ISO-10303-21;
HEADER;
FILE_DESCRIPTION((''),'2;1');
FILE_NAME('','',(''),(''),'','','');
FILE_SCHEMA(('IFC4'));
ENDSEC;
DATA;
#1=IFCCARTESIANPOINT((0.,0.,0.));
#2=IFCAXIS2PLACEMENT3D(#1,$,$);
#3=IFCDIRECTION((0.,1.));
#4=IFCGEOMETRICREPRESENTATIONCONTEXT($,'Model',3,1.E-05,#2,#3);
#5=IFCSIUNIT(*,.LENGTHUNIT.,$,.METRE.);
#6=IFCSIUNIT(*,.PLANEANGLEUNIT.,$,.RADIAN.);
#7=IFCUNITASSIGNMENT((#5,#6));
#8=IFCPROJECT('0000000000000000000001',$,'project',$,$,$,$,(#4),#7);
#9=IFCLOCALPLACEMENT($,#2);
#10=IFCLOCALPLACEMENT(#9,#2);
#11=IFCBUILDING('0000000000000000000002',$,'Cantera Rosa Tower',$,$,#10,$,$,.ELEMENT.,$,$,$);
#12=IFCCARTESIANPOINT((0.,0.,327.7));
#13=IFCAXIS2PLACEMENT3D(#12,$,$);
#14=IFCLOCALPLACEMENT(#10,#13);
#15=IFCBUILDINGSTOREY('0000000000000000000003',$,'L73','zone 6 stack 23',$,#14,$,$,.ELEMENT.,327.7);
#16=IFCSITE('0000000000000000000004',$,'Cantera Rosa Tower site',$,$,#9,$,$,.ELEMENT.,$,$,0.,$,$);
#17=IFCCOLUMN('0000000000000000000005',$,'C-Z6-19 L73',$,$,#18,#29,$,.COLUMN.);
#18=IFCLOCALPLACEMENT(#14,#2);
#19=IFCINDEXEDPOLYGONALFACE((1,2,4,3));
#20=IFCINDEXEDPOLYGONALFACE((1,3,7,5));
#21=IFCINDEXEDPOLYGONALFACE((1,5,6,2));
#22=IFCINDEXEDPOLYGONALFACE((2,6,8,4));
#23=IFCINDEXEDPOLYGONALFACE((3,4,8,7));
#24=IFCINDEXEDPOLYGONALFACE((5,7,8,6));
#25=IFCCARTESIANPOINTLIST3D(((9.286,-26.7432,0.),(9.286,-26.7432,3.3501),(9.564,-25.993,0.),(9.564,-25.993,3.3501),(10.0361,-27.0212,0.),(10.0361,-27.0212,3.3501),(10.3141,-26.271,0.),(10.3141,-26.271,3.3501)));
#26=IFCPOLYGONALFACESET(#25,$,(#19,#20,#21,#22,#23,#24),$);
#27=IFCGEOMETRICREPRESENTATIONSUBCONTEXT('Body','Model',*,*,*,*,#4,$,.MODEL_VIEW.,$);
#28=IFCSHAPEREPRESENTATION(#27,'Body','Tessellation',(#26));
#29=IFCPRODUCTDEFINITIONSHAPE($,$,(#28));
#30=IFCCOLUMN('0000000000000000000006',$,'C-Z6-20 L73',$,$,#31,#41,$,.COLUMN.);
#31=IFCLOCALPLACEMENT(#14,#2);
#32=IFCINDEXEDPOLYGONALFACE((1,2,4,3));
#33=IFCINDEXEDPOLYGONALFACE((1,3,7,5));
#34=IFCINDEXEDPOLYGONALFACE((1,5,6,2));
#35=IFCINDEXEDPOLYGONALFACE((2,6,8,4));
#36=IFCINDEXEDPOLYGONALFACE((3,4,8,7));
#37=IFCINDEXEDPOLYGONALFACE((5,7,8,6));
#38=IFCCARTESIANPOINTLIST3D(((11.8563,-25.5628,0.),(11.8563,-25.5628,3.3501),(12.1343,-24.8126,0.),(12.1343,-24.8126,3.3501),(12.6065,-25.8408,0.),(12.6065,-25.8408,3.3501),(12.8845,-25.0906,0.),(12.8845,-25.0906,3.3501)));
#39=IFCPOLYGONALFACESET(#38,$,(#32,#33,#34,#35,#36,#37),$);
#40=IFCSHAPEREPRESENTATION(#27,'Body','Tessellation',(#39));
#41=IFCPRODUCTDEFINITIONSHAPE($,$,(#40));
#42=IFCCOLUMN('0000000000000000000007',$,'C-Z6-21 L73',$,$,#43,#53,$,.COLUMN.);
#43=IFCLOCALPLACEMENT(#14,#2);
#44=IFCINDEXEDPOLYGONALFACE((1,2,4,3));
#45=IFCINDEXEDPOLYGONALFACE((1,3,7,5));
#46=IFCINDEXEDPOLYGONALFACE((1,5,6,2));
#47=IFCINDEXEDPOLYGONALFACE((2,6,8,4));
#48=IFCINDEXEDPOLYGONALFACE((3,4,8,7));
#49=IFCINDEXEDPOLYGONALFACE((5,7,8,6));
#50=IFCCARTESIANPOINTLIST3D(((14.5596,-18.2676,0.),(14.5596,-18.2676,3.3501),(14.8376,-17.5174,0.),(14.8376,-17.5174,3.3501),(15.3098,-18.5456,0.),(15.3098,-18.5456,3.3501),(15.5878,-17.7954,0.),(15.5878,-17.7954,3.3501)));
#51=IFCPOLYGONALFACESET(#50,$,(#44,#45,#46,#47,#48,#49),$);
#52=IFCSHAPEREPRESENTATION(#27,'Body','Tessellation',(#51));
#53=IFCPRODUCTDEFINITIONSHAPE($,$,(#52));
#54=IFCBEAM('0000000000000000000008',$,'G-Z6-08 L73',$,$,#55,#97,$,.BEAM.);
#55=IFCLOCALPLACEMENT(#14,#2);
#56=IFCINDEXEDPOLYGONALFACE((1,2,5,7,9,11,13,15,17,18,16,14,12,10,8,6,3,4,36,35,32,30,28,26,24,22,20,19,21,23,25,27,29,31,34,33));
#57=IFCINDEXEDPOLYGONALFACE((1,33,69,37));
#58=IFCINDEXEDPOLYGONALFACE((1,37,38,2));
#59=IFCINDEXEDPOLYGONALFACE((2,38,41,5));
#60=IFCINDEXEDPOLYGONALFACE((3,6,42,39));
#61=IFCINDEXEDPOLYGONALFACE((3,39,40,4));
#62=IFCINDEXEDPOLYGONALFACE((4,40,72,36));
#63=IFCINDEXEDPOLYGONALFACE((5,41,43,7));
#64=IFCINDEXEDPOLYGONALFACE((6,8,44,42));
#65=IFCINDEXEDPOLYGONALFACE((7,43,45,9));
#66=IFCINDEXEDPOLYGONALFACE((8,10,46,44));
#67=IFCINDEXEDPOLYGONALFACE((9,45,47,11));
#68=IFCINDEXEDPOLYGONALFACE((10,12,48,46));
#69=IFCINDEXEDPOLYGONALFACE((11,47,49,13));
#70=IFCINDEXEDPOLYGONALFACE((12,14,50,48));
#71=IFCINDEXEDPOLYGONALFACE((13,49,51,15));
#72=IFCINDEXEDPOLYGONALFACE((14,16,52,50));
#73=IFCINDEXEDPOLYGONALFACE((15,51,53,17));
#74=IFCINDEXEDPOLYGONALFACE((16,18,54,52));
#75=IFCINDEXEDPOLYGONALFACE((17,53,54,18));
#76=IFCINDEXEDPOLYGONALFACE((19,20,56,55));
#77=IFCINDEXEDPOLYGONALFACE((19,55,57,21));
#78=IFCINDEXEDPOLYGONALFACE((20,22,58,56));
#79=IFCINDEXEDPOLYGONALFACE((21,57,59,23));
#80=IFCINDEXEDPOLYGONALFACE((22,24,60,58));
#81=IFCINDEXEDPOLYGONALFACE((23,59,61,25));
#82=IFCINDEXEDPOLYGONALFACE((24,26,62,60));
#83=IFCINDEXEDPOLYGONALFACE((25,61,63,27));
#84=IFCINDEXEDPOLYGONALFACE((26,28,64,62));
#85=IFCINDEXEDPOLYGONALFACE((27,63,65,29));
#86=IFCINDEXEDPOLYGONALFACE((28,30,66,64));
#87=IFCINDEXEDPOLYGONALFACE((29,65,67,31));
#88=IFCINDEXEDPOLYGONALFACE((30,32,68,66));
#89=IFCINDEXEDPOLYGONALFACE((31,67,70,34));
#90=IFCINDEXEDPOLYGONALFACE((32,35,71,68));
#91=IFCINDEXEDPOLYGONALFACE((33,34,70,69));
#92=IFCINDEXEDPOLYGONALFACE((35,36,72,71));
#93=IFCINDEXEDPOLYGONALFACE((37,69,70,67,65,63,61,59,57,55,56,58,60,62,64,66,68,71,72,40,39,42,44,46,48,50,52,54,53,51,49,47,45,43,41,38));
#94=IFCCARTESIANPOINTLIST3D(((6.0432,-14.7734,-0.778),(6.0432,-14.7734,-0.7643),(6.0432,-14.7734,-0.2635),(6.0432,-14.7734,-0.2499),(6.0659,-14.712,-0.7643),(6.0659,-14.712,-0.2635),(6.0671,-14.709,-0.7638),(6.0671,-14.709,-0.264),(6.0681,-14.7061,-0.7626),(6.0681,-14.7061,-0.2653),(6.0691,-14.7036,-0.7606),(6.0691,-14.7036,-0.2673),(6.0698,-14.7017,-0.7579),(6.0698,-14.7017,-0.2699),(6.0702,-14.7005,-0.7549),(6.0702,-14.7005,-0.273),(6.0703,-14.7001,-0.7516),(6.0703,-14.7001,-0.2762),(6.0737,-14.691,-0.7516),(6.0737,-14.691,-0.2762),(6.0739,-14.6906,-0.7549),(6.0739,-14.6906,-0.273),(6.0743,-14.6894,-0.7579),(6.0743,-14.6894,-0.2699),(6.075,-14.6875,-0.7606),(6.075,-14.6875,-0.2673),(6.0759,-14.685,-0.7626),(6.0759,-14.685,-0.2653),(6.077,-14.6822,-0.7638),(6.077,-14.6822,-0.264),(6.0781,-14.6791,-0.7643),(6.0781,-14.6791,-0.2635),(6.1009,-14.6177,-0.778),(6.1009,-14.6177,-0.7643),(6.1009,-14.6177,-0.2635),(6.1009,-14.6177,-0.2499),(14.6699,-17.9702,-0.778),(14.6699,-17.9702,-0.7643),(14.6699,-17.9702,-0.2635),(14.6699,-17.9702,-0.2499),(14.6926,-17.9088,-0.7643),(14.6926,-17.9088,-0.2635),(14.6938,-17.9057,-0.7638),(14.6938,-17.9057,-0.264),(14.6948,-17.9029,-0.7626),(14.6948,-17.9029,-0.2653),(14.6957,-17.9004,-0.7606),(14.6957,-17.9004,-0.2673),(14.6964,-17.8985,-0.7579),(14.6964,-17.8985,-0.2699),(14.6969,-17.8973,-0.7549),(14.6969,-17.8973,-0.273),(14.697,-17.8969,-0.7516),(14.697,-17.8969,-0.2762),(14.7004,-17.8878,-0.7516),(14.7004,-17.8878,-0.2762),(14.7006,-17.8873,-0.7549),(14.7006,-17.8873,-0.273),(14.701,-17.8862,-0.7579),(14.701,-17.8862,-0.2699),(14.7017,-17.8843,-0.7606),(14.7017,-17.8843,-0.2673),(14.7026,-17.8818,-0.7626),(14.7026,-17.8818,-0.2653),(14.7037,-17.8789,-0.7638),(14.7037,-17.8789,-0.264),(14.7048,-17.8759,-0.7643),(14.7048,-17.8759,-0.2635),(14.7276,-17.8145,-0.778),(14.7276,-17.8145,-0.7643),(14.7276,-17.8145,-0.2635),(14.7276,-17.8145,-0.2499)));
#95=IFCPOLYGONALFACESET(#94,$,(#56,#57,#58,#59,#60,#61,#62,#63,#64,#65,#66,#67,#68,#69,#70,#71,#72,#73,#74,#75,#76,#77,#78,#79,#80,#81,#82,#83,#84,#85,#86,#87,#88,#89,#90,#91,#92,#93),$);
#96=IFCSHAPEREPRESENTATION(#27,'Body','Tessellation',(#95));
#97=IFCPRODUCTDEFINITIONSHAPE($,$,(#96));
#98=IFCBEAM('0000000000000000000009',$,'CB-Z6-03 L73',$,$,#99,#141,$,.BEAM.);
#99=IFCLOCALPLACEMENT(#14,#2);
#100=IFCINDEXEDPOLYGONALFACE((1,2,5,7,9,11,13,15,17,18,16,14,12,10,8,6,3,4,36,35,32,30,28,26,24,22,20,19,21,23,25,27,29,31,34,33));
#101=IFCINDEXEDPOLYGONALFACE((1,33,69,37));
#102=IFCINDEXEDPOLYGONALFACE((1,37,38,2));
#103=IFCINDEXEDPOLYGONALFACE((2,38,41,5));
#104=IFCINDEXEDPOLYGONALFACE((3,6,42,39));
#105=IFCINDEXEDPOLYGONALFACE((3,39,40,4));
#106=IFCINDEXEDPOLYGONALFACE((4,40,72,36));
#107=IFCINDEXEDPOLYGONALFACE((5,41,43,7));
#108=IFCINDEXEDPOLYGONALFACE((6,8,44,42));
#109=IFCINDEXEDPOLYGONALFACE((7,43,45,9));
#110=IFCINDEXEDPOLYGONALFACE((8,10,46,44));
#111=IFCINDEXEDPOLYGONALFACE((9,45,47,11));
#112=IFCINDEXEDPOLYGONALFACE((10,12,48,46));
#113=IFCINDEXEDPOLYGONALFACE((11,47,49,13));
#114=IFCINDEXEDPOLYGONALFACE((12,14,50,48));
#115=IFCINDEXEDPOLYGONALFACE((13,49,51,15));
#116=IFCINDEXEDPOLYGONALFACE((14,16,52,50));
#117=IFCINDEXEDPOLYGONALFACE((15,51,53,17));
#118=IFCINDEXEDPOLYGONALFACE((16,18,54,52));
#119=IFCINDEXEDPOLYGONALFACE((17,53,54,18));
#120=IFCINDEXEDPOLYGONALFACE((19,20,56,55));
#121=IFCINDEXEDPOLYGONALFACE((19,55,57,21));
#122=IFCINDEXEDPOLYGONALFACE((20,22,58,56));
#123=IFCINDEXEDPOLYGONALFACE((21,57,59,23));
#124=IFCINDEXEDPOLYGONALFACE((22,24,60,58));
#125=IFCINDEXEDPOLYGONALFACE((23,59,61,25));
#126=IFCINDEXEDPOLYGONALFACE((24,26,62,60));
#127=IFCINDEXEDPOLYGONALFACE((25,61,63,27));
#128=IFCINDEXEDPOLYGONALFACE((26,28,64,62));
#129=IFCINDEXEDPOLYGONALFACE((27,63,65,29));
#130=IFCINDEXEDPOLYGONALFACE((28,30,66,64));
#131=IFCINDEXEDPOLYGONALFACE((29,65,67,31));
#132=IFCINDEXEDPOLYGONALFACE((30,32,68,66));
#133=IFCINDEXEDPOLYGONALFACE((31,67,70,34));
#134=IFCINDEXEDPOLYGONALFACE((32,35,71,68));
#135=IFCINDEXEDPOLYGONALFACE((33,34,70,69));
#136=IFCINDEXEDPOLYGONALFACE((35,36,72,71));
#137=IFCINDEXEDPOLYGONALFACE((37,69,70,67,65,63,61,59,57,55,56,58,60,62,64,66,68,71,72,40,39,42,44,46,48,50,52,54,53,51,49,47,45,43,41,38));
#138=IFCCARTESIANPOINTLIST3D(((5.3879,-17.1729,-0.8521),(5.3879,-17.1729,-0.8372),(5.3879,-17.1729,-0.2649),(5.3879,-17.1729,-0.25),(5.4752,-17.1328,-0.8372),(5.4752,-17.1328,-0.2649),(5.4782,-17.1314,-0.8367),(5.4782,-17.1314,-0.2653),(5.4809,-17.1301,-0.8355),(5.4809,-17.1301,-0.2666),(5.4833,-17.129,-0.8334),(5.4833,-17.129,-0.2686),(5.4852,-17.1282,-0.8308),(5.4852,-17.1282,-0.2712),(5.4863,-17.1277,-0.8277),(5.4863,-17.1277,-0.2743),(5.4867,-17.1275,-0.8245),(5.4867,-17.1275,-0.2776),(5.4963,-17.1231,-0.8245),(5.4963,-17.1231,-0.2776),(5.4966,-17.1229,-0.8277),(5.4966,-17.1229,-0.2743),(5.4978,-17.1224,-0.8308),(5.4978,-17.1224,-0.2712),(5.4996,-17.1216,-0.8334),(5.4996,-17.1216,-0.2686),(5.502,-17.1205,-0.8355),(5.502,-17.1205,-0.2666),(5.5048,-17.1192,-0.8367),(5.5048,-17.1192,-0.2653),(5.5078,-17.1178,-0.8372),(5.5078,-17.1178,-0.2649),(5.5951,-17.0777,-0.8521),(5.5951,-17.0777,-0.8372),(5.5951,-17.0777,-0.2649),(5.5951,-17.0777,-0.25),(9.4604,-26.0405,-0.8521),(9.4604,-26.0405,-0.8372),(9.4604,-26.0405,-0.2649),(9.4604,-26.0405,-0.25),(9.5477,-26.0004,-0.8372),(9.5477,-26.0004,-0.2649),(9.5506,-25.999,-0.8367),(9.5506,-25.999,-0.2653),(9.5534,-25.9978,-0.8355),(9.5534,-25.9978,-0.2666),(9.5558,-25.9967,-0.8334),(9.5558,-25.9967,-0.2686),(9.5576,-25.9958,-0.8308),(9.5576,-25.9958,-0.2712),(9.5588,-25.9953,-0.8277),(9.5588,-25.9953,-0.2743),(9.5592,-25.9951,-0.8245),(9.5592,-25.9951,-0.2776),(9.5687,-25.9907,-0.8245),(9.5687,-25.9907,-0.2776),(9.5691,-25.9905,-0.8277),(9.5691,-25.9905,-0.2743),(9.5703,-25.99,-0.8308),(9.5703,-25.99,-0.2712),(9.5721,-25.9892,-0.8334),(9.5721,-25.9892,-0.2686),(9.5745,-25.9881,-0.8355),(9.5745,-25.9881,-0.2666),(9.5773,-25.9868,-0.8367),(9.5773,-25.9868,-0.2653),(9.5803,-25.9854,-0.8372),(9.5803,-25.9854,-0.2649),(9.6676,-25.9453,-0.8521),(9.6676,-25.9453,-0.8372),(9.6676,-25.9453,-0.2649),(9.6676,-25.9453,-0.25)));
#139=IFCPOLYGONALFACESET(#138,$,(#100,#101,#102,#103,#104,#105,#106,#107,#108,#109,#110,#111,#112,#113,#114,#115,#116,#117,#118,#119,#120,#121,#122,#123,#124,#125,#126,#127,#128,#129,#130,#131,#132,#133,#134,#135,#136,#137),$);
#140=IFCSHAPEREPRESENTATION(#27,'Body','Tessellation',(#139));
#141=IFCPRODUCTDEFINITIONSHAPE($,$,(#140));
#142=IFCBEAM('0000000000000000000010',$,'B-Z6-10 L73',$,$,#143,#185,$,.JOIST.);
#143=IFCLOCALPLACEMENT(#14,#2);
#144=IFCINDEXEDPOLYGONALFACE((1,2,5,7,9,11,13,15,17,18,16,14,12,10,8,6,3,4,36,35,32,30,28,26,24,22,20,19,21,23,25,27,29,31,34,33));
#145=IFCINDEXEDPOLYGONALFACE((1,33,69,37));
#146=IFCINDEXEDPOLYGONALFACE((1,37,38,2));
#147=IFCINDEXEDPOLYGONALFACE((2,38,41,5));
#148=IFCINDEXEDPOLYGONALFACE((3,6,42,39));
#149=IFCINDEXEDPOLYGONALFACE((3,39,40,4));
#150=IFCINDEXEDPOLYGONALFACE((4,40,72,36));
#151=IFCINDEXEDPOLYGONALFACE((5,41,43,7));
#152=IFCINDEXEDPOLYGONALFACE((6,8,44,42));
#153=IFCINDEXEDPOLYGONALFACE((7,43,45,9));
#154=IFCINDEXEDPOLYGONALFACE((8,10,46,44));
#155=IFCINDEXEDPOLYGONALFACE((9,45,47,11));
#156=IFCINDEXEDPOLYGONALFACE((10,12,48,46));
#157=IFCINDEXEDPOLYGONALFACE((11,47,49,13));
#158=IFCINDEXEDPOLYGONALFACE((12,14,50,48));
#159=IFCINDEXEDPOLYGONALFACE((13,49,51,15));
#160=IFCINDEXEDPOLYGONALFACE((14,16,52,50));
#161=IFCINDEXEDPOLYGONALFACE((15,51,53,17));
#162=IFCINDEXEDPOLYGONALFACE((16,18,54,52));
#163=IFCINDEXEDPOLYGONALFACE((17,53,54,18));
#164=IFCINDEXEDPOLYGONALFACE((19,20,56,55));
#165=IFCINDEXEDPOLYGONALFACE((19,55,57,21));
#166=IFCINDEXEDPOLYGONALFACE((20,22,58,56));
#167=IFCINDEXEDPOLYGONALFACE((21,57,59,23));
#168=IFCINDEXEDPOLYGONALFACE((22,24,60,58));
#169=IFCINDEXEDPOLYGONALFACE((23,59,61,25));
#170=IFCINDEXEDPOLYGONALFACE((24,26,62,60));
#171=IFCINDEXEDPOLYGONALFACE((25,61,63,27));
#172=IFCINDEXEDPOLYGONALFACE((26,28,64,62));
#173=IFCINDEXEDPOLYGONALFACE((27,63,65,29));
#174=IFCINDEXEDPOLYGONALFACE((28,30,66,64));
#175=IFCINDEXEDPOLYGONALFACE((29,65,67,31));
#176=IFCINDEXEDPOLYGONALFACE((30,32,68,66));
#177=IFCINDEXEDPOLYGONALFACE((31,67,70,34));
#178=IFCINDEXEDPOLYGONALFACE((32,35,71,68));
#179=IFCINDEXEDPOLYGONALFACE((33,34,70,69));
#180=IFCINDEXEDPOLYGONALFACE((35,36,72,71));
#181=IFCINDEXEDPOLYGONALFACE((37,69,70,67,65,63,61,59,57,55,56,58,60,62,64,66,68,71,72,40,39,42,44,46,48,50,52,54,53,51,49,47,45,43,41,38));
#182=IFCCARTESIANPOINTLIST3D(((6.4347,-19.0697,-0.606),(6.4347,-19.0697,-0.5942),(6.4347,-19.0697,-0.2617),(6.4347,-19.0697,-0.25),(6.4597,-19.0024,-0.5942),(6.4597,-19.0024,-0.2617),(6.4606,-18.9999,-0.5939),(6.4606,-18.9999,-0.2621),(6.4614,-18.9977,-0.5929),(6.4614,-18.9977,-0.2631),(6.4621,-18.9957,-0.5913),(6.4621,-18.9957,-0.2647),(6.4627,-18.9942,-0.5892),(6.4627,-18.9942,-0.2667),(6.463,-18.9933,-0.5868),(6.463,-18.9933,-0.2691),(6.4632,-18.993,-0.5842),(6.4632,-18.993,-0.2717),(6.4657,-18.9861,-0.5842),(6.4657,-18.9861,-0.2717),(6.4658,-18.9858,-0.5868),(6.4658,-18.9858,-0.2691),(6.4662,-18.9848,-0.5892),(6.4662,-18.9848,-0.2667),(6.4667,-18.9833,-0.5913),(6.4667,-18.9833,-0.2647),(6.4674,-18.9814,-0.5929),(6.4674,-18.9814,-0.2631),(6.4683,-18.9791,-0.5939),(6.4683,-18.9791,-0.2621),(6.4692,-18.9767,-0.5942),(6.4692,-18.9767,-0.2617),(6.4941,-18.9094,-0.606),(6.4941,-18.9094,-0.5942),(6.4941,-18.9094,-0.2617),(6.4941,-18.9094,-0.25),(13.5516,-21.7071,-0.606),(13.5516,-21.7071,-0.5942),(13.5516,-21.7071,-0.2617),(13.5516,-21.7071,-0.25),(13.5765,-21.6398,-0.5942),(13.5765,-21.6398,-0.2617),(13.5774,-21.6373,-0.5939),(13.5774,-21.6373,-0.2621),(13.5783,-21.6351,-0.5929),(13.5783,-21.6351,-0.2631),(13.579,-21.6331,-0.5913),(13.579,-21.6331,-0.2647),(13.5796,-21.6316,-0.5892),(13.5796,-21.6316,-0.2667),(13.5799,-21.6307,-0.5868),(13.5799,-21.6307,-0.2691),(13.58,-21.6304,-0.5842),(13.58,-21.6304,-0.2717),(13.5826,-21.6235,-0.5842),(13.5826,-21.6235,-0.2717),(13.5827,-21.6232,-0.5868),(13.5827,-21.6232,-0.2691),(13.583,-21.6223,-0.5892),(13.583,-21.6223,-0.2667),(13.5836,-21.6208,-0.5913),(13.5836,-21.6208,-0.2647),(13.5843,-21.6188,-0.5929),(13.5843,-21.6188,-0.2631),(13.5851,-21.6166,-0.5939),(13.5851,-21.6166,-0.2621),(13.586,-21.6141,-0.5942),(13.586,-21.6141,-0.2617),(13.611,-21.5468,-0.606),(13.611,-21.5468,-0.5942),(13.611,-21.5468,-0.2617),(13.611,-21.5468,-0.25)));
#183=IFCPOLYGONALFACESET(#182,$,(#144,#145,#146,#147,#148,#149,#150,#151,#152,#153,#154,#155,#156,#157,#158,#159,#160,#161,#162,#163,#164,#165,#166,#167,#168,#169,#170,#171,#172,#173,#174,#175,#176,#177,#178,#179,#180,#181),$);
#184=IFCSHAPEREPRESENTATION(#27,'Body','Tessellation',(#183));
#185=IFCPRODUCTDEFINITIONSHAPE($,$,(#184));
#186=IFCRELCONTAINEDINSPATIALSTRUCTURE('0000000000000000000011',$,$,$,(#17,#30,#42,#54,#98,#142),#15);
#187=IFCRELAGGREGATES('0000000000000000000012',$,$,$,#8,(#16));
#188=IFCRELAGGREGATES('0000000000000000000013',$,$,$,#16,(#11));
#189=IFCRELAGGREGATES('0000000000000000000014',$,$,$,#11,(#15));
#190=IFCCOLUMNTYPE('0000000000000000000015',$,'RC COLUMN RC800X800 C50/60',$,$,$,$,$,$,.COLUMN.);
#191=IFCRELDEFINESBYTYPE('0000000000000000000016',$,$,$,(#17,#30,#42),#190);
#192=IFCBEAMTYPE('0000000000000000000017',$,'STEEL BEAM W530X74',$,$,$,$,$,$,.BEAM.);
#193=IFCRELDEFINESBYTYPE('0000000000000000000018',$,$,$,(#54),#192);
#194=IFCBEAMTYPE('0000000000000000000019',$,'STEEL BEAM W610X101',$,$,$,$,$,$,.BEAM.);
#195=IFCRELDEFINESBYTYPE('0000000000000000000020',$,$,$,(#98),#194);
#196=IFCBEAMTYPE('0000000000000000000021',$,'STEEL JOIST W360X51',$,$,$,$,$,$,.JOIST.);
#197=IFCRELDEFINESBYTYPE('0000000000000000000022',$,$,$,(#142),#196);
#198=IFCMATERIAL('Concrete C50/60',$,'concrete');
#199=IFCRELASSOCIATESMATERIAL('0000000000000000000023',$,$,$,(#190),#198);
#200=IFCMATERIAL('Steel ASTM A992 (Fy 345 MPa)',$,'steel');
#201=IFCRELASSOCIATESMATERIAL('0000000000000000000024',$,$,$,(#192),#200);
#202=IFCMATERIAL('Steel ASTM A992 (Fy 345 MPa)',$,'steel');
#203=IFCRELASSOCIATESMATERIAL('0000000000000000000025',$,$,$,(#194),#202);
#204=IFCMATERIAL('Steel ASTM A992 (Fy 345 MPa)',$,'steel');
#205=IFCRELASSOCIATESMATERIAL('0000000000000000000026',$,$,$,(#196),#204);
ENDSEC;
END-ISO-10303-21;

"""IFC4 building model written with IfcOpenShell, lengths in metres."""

from ifc_helpers import new_model, si_unit, direction, frame, origin, origin_2d, place, context, subcontext, project, spatial, rectangle, i_section, extrude, material, material_profile, profile_set, type_object, element, save


model = new_model("IFC4")

# Units and contexts
model_context = context("Model", 3, precision=1e-05, world=origin(), true_north=direction((0.0, 1.0)))
body_context = subcontext(model_context, "Body", "Model", "MODEL_VIEW")
ifc_project = project(units=[si_unit("LENGTHUNIT", "METRE"), si_unit("PLANEANGLEUNIT", "RADIAN")], contexts=[model_context])

# Site, building, storey
site_placement = place(None, origin())
site = spatial("IfcSite", under=ifc_project, at=site_placement, Name="Cantera Rosa Tower site", CompositionType="ELEMENT", RefElevation=0.0)
building_placement = place(site_placement, origin())
building = spatial("IfcBuilding", under=site, at=building_placement, Name="Cantera Rosa Tower", CompositionType="ELEMENT")
storey_placement = place(building_placement, frame((0.0, 0.0, 327.7)))
storey = spatial("IfcBuildingStorey", under=building, at=storey_placement, Name="L73", Description="zone 6 stack 23", CompositionType="ELEMENT", Elevation=327.7)

# Columns
ifc_material_1 = material(Name="Concrete C50/60", Category="concrete")
ifc_material_profile_1 = material_profile(ifc_material_1, rectangle(XDim=0.8, YDim=0.8, at=origin_2d()), Name="RC COLUMN RC800X800 C50/60")
ifc_profile_set_1 = profile_set([ifc_material_profile_1], Name="Concrete C50/60")
column_type = type_object("IfcColumnType", Name="RC COLUMN RC800X800 C50/60", PredefinedType="COLUMN", material=ifc_profile_set_1)
for number, where, z_axis, x_axis, name in (
    (1, (9.8, -26.5071, 0.0), (0.0, 0.0, 1.0), (0.347481, 0.937687, 0.0), "C-Z6-19 L73"),
    (2, (12.3704, -25.3267, 0.0), (0.0, 0.0, 1.0), (0.347481, 0.937687, 0.0), "C-Z6-20 L73"),
    (3, (15.0737, -18.0315, 0.0), (0.0, 0.0, 1.0), (0.347481, 0.937687, 0.0), "C-Z6-21 L73"),
):
    element("IfcColumn", number, at=place(storey_placement, frame(where, z_axis=z_axis, x_axis=x_axis)), inside=storey, type_object=column_type, Name=name, PredefinedType="COLUMN", context=body_context, shape_type="SweptSolid", body=[
        extrude(rectangle(XDim=0.8, YDim=0.8, at=origin_2d()), origin(), (0.0, 0.0, 1.0), 3.3501),
    ])

# Beams
ifc_material_2 = material(Name="Steel ASTM A992 (Fy 345 MPa)", Category="steel")
ifc_material_profile_2 = material_profile(ifc_material_2, i_section(OverallWidth=0.166, OverallDepth=0.5281, WebThickness=0.0098, FlangeThickness=0.0137, FilletRadius=0.0127, at=origin_2d()), Name="W530X74")
ifc_profile_set_2 = profile_set([ifc_material_profile_2], Name="Steel ASTM A992 (Fy 345 MPa)")
beam_type_1 = type_object("IfcBeamType", Name="STEEL BEAM W530X74", PredefinedType="BEAM", material=ifc_profile_set_2)
beam_1_placement = place(storey_placement, frame((14.6987, -17.8923, -0.5139), z_axis=(-0.937689, 0.347477, 0.0), x_axis=(-0.347477, -0.937689, 0.0)))
element("IfcBeam", 4, at=beam_1_placement, inside=storey, type_object=beam_type_1, Name="G-Z6-08 L73", PredefinedType="BEAM", context=body_context, shape_type="SweptSolid", body=[
    extrude(i_section(OverallWidth=0.166, OverallDepth=0.5281, WebThickness=0.0098, FlangeThickness=0.0137, FilletRadius=0.0127, at=origin_2d()), origin(), (0.0, 0.0, 1.0), 9.2),
])
ifc_material_3 = material(Name="Steel ASTM A992 (Fy 345 MPa)", Category="steel")
ifc_material_profile_3 = material_profile(ifc_material_3, i_section(OverallWidth=0.228, OverallDepth=0.6021, WebThickness=0.0105, FlangeThickness=0.0149, FilletRadius=0.0127, at=origin_2d()), Name="W610X101")
ifc_profile_set_3 = profile_set([ifc_material_profile_3], Name="Steel ASTM A992 (Fy 345 MPa)")
beam_type_2 = type_object("IfcBeamType", Name="STEEL BEAM W610X101", PredefinedType="BEAM", material=ifc_profile_set_3)
beam_2_placement = place(storey_placement, frame((9.564, -25.9929, -0.551), z_axis=(-0.417346, 0.908748, 0.0), x_axis=(-0.908748, -0.417346, 0.0)))
element("IfcBeam", 5, at=beam_2_placement, inside=storey, type_object=beam_type_2, Name="CB-Z6-03 L73", PredefinedType="BEAM", context=body_context, shape_type="SweptSolid", body=[
    extrude(i_section(OverallWidth=0.228, OverallDepth=0.6021, WebThickness=0.0105, FlangeThickness=0.0149, FilletRadius=0.0127, at=origin_2d()), origin(), (0.0, 0.0, 1.0), 9.7581),
])
ifc_material_4 = material(Name="Steel ASTM A992 (Fy 345 MPa)", Category="steel")
ifc_material_profile_4 = material_profile(ifc_material_4, i_section(OverallWidth=0.1709, OverallDepth=0.356, WebThickness=0.0073, FlangeThickness=0.0117, FilletRadius=0.01, at=origin_2d()), Name="W360X51")
ifc_profile_set_4 = profile_set([ifc_material_profile_4], Name="Steel ASTM A992 (Fy 345 MPa)")
beam_type_3 = type_object("IfcBeamType", Name="STEEL JOIST W360X51", PredefinedType="JOIST", material=ifc_profile_set_4)
beam_3_placement = place(storey_placement, frame((13.5813, -21.627, -0.428), z_axis=(-0.937682, 0.347493, 0.0), x_axis=(-0.347493, -0.937682, 0.0)))
element("IfcBeam", 6, at=beam_3_placement, inside=storey, type_object=beam_type_3, Name="B-Z6-10 L73", PredefinedType="JOIST", context=body_context, shape_type="SweptSolid", body=[
    extrude(i_section(OverallWidth=0.1709, OverallDepth=0.356, WebThickness=0.0073, FlangeThickness=0.0117, FilletRadius=0.01, at=origin_2d()), origin(), (0.0, 0.0, 1.0), 7.5898),
])

save(model, "model.ifc")
